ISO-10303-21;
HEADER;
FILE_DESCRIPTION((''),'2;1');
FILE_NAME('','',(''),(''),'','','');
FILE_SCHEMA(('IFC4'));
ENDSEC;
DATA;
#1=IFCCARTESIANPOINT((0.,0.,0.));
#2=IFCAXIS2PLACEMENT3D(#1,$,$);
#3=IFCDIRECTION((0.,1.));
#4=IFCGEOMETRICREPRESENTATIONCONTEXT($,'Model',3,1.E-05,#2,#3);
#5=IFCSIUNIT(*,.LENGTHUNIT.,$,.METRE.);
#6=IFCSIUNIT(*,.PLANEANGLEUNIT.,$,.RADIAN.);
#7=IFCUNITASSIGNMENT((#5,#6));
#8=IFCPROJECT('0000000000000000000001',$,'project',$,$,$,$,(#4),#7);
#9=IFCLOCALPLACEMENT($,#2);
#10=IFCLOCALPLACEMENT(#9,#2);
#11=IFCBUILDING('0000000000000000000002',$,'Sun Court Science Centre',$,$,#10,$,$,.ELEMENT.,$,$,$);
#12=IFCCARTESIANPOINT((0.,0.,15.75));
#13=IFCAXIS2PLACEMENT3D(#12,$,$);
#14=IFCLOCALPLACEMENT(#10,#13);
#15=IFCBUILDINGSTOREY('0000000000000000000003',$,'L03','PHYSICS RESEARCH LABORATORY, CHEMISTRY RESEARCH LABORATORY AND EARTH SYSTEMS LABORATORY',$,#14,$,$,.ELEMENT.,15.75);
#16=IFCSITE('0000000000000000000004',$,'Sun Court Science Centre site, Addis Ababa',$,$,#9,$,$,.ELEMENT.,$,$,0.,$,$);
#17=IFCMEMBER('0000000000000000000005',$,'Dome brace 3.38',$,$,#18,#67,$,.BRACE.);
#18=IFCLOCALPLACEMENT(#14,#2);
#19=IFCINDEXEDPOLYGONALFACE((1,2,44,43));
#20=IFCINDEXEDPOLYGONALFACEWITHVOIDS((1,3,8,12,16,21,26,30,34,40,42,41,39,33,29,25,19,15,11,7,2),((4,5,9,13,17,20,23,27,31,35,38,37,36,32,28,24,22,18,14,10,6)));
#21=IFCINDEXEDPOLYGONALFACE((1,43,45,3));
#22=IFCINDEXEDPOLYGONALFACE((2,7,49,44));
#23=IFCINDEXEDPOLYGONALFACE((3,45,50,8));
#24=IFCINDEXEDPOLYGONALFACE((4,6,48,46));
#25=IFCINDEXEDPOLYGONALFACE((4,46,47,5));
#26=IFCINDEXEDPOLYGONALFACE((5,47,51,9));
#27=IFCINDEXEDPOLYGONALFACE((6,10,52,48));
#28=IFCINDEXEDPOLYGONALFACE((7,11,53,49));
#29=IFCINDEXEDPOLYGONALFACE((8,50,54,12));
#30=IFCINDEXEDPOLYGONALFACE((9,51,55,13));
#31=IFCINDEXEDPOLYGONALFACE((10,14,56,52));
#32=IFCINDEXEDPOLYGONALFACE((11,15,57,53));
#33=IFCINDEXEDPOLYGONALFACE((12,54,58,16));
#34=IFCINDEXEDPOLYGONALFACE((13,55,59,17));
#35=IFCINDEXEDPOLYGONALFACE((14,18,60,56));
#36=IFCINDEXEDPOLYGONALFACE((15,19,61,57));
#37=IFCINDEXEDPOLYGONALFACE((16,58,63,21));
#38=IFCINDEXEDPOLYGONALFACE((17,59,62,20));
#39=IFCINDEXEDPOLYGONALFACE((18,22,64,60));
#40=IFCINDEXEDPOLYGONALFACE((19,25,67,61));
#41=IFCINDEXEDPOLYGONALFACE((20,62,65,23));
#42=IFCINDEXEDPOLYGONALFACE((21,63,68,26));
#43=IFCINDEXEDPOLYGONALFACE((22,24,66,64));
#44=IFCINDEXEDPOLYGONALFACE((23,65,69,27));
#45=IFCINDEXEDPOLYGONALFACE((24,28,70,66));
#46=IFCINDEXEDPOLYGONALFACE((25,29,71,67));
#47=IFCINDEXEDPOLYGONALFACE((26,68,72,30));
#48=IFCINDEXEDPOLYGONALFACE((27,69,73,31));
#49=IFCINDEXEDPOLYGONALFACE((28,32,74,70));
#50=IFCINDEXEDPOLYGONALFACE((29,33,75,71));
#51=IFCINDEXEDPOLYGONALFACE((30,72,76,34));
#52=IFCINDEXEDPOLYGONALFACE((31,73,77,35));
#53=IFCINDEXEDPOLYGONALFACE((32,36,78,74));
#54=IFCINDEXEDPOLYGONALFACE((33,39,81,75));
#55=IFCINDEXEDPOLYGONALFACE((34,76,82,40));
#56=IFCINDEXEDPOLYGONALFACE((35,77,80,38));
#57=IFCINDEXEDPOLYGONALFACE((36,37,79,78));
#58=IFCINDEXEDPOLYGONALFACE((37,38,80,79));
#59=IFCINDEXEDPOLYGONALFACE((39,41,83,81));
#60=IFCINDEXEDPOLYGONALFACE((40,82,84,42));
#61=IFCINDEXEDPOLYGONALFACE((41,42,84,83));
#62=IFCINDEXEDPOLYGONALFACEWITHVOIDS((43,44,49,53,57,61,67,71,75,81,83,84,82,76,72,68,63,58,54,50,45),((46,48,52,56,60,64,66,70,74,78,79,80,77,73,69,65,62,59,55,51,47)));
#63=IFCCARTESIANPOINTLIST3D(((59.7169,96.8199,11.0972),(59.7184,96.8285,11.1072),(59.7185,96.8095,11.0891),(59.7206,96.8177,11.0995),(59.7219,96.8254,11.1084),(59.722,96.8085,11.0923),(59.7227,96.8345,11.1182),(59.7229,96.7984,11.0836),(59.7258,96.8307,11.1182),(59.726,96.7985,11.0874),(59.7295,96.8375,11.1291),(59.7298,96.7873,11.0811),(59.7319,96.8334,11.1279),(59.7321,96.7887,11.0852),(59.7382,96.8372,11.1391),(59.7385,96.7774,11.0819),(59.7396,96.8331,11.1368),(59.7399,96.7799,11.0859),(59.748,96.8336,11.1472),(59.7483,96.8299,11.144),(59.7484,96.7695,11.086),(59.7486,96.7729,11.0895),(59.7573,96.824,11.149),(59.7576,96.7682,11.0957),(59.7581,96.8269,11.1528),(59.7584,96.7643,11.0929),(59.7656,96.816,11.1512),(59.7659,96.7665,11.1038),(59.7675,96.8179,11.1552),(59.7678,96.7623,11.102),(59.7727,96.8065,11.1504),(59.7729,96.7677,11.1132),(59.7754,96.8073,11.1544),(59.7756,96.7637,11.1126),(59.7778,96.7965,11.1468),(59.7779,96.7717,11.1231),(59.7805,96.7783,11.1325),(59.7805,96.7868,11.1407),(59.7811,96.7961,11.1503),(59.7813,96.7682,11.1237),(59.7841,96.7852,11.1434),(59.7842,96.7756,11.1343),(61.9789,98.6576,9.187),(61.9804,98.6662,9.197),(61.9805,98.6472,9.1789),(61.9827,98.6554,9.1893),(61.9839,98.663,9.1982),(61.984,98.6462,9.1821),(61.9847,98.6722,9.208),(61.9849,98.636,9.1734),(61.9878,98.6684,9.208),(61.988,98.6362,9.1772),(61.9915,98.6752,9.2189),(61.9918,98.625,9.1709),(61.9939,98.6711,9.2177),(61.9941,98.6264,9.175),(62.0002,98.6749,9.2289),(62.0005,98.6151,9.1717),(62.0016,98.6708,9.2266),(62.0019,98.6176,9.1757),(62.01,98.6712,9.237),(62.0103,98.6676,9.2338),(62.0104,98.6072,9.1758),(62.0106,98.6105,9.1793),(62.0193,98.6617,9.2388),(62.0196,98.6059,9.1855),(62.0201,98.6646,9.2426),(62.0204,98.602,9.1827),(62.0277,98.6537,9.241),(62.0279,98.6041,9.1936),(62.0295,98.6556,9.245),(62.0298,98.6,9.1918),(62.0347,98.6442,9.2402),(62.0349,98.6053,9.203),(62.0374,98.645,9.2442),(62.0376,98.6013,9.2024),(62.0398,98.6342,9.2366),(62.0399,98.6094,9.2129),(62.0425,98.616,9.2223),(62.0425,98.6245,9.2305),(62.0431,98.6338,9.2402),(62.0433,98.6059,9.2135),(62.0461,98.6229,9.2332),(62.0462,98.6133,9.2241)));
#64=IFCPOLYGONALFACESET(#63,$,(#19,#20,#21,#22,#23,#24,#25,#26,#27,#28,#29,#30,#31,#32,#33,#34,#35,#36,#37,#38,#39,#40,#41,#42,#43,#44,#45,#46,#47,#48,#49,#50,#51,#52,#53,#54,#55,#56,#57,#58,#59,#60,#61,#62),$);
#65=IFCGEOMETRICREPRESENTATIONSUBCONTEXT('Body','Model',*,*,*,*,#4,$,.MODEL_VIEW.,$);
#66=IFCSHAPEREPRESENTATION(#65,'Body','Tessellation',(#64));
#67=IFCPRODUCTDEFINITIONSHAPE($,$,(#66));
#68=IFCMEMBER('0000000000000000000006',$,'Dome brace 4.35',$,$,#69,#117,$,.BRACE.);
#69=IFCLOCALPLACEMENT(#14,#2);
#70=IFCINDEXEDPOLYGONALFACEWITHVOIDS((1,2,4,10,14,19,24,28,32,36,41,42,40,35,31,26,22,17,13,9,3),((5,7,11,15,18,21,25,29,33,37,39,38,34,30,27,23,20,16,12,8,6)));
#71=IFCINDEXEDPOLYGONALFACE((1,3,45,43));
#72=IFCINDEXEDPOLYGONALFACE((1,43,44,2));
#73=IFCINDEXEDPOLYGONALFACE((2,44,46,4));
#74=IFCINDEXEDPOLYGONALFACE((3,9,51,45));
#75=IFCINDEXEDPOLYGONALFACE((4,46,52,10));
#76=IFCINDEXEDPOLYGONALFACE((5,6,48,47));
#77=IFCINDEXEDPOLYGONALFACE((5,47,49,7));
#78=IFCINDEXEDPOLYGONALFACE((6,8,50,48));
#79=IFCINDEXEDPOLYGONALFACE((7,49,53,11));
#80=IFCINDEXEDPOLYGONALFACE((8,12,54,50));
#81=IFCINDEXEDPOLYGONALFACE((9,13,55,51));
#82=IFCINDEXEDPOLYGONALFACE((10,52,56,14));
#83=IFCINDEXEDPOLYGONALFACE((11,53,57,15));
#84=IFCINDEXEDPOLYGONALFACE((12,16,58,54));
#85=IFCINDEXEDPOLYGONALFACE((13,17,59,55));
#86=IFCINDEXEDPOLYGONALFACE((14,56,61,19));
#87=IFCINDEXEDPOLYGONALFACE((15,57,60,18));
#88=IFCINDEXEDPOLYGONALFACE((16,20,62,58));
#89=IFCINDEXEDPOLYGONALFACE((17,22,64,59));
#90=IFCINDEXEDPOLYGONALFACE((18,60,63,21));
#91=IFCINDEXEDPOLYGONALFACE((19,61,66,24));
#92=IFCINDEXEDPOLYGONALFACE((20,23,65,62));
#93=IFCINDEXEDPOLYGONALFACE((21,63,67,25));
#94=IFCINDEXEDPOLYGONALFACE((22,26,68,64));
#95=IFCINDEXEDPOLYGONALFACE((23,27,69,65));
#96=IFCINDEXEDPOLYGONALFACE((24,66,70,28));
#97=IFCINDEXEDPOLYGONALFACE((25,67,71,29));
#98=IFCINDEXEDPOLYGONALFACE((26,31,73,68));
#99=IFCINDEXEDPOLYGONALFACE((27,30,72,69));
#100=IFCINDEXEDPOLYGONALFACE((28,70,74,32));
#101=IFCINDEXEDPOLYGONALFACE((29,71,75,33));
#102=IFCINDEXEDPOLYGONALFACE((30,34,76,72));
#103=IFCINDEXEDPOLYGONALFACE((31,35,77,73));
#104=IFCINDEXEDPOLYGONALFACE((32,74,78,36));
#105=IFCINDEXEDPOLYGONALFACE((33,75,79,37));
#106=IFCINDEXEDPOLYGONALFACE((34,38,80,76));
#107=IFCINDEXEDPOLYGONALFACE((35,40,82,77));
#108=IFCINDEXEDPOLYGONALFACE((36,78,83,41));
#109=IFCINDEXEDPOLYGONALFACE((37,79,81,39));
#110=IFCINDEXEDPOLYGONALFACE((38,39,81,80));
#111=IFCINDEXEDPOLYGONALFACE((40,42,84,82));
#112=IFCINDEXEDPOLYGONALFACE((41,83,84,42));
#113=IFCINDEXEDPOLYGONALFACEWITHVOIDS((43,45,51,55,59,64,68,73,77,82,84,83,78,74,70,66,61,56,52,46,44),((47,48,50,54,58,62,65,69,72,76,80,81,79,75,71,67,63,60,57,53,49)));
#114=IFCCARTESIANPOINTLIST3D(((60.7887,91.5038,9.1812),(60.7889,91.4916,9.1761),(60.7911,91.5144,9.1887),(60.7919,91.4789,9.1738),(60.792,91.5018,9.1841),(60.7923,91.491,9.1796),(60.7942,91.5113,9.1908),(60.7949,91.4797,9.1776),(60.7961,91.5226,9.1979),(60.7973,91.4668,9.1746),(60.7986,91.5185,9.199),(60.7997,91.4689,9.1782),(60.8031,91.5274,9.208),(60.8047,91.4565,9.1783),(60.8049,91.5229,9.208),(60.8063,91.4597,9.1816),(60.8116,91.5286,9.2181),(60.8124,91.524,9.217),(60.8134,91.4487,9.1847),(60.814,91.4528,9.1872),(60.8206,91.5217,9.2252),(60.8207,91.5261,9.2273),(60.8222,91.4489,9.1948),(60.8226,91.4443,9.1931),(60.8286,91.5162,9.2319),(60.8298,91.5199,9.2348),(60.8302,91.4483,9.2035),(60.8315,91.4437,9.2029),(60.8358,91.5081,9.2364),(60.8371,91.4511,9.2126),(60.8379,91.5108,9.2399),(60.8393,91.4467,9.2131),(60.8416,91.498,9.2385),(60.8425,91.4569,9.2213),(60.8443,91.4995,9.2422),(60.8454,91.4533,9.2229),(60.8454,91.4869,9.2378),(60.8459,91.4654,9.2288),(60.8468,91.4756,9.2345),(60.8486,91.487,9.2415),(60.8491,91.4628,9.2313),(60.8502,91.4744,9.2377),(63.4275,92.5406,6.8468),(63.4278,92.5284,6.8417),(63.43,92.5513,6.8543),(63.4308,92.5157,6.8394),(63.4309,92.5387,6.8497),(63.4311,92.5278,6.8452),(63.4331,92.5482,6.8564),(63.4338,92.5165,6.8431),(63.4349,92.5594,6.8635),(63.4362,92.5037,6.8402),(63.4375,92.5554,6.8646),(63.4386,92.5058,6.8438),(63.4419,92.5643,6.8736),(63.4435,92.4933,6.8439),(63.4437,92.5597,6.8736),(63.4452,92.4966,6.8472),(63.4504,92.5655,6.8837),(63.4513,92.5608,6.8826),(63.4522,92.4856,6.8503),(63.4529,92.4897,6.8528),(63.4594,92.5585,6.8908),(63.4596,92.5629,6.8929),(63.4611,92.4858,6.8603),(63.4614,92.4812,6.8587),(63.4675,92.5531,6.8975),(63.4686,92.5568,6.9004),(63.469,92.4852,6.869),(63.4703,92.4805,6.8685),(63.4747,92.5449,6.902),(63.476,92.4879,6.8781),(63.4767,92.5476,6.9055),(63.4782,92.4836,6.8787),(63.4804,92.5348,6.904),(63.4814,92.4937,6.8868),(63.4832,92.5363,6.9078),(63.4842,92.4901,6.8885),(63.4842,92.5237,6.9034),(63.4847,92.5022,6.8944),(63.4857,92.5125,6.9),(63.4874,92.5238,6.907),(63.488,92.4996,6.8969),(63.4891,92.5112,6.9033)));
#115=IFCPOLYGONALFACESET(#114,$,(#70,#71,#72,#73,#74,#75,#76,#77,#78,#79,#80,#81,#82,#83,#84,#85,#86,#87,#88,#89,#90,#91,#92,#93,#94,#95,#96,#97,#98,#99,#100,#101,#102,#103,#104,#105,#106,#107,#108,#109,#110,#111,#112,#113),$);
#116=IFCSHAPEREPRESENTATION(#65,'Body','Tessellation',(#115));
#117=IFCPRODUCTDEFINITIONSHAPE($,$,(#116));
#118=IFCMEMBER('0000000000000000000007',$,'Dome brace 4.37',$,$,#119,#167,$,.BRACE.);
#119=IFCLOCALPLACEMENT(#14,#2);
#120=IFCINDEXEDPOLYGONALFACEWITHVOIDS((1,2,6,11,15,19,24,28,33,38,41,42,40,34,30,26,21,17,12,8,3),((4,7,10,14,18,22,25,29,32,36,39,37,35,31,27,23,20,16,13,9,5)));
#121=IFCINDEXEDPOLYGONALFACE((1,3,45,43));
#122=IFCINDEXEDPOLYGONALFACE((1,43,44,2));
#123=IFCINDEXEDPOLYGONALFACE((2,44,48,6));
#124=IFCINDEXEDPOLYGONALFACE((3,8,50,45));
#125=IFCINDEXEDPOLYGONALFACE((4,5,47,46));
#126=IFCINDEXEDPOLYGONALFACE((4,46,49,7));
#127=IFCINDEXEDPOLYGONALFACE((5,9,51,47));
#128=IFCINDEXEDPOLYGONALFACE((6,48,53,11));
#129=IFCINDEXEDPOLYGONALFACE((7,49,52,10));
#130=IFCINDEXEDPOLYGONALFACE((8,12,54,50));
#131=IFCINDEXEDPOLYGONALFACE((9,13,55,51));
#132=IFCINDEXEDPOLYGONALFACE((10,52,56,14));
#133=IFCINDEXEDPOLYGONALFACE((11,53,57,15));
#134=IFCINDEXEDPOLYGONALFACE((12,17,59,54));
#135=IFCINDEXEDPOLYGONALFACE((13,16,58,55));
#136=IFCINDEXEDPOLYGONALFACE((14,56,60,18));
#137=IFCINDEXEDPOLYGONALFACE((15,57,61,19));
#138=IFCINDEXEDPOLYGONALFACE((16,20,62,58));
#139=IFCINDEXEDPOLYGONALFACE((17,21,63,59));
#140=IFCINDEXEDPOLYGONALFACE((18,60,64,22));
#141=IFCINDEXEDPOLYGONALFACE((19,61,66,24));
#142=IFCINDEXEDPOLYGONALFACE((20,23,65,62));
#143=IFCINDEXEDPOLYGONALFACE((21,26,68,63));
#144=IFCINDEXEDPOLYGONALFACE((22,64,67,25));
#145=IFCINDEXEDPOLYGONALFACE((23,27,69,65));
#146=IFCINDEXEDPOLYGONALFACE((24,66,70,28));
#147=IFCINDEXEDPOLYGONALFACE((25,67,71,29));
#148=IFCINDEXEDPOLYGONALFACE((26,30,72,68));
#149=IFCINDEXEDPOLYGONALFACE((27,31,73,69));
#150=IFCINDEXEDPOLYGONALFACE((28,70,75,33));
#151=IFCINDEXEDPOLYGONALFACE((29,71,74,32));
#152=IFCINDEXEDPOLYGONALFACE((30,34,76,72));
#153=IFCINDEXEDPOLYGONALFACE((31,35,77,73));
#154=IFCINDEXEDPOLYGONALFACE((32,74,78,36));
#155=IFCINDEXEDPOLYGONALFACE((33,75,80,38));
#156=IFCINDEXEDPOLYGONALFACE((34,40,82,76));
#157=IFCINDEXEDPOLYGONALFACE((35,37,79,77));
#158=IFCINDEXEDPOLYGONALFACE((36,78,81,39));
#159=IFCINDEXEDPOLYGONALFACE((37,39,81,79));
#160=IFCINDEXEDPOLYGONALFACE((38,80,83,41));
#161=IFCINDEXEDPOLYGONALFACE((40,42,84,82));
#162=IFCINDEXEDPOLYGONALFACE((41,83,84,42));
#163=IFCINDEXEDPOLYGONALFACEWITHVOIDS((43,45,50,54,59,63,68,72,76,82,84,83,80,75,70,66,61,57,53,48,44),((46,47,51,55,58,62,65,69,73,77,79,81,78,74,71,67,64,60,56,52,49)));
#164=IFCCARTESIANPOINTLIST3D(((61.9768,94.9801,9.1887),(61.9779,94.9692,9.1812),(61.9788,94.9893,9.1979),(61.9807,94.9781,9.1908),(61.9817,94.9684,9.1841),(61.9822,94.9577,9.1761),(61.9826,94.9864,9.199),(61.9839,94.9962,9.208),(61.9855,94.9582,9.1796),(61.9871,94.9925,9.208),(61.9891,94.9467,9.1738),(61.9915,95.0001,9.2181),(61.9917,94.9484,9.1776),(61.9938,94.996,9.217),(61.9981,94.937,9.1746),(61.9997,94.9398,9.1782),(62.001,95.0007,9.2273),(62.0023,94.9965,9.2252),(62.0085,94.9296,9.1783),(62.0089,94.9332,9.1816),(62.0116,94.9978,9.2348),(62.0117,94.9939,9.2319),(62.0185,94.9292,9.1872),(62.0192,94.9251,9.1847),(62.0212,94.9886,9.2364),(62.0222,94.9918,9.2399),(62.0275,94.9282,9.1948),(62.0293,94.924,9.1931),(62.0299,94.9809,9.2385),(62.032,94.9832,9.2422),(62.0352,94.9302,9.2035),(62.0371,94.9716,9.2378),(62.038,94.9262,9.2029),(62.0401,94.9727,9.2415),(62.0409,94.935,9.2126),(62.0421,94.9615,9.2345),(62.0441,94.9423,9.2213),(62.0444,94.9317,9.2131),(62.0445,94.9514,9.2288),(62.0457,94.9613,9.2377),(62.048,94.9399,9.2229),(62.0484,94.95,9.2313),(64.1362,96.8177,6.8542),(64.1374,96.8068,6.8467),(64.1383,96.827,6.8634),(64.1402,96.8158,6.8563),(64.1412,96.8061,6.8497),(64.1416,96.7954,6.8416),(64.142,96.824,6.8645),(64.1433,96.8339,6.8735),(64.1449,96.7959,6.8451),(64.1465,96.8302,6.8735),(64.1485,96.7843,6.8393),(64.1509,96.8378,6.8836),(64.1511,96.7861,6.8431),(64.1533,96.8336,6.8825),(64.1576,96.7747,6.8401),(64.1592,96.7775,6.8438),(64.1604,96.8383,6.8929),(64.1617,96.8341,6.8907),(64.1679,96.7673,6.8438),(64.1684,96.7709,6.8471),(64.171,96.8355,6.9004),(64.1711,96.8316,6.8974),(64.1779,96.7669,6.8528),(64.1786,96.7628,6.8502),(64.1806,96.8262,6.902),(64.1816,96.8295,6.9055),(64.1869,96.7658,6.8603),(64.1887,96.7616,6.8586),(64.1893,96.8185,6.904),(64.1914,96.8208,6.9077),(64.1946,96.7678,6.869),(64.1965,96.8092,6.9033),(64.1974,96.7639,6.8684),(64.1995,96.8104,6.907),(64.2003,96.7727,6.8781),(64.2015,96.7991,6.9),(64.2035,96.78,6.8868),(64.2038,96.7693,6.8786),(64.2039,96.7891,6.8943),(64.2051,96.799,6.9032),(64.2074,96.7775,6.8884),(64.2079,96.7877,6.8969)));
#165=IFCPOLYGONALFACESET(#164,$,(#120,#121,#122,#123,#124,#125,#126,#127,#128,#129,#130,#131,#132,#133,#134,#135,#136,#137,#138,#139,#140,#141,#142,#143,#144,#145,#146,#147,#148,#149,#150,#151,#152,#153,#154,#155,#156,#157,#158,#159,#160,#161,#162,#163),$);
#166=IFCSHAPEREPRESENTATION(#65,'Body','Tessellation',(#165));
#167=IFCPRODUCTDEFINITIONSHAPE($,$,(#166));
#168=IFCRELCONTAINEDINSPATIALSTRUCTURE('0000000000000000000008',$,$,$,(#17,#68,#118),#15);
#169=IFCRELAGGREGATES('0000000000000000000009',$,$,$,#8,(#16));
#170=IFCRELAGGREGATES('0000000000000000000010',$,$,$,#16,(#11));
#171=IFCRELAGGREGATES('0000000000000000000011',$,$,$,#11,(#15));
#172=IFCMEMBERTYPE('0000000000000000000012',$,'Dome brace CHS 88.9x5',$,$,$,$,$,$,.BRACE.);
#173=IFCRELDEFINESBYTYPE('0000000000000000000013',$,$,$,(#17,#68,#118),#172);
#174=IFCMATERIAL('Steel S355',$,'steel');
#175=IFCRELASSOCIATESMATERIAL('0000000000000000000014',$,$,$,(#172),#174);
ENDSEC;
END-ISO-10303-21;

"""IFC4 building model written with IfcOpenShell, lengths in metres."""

from ifc_helpers import new_model, si_unit, direction, frame, origin, origin_2d, place, context, subcontext, project, spatial, hollow_circle, extrude, material, material_profile, profile_set, type_object, element, save


model = new_model("IFC4")

# Units and contexts
model_context = context("Model", 3, precision=1e-05, world=origin(), true_north=direction((0.0, 1.0)))
body_context = subcontext(model_context, "Body", "Model", "MODEL_VIEW")
ifc_project = project(units=[si_unit("LENGTHUNIT", "METRE"), si_unit("PLANEANGLEUNIT", "RADIAN")], contexts=[model_context])

# Site, building, storey
site_placement = place(None, origin())
site = spatial("IfcSite", under=ifc_project, at=site_placement, Name="Sun Court Science Centre site, Addis Ababa", CompositionType="ELEMENT", RefElevation=0.0)
building_placement = place(site_placement, origin())
building = spatial("IfcBuilding", under=site, at=building_placement, Name="Sun Court Science Centre", CompositionType="ELEMENT")
storey_placement = place(building_placement, frame((0.0, 0.0, 15.75)))
storey = spatial("IfcBuildingStorey", under=building, at=storey_placement, Name="L03", Description="PHYSICS RESEARCH LABORATORY, CHEMISTRY RESEARCH LABORATORY AND EARTH SYSTEMS LABORATORY", CompositionType="ELEMENT", Elevation=15.75)

# Members
ifc_material_1 = material(Name="Steel S355", Category="steel")
ifc_material_profile_1 = material_profile(ifc_material_1, hollow_circle(Radius=0.0444, WallThickness=0.0049, at=origin_2d()), Name="CHS 88.9x5")
ifc_profile_set_1 = profile_set([ifc_material_profile_1], Name="Steel S355")
member_type_1 = type_object("IfcMemberType", Name="Dome brace CHS 88.9x5", PredefinedType="BRACE", material=ifc_profile_set_1)
for number, where, z_axis, x_axis, name in (
    (1, (59.7507, 96.8, 11.1182), (0.64914, 0.527369, -0.548178), (-0.630552, 0.776147, 0.0), "Dome brace 3.38"),
):
    element("IfcMember", number, at=place(storey_placement, frame(where, z_axis=z_axis, x_axis=x_axis)), inside=storey, type_object=member_type_1, Name=name, PredefinedType="BRACE", context=body_context, shape_type="SweptSolid", body=[
        extrude(hollow_circle(Radius=0.0444, WallThickness=0.0049, at=origin_2d()), origin(), (0.0, 0.0, 1.0), 3.4846),
    ])
member_1_placement = place(storey_placement, frame((60.8193, 91.4861, 9.208), z_axis=(0.718522, 0.282317, -0.635628), x_axis=(-0.365698, 0.930734, 0.0)))
element("IfcMember", 2, at=member_1_placement, inside=storey, type_object=member_type_1, Name="Dome brace 4.35", PredefinedType="BRACE", context=body_context, shape_type="SweptSolid", body=[
    extrude(hollow_circle(Radius=0.0444, WallThickness=0.0049, at=origin_2d()), origin(), (0.0, 0.0, 1.0), 3.6726),
])
member_2_placement = place(storey_placement, frame((62.0127, 94.9624, 9.208), z_axis=(0.587942, 0.500333, -0.635603), x_axis=(-0.648086, 0.761567, 0.0)))
element("IfcMember", 3, at=member_2_placement, inside=storey, type_object=member_type_1, Name="Dome brace 4.37", PredefinedType="BRACE", context=body_context, shape_type="SweptSolid", body=[
    extrude(hollow_circle(Radius=0.0444, WallThickness=0.0049, at=origin_2d()), origin(), (0.0, 0.0, 1.0), 3.6729),
])

save(model, "model.ifc")
